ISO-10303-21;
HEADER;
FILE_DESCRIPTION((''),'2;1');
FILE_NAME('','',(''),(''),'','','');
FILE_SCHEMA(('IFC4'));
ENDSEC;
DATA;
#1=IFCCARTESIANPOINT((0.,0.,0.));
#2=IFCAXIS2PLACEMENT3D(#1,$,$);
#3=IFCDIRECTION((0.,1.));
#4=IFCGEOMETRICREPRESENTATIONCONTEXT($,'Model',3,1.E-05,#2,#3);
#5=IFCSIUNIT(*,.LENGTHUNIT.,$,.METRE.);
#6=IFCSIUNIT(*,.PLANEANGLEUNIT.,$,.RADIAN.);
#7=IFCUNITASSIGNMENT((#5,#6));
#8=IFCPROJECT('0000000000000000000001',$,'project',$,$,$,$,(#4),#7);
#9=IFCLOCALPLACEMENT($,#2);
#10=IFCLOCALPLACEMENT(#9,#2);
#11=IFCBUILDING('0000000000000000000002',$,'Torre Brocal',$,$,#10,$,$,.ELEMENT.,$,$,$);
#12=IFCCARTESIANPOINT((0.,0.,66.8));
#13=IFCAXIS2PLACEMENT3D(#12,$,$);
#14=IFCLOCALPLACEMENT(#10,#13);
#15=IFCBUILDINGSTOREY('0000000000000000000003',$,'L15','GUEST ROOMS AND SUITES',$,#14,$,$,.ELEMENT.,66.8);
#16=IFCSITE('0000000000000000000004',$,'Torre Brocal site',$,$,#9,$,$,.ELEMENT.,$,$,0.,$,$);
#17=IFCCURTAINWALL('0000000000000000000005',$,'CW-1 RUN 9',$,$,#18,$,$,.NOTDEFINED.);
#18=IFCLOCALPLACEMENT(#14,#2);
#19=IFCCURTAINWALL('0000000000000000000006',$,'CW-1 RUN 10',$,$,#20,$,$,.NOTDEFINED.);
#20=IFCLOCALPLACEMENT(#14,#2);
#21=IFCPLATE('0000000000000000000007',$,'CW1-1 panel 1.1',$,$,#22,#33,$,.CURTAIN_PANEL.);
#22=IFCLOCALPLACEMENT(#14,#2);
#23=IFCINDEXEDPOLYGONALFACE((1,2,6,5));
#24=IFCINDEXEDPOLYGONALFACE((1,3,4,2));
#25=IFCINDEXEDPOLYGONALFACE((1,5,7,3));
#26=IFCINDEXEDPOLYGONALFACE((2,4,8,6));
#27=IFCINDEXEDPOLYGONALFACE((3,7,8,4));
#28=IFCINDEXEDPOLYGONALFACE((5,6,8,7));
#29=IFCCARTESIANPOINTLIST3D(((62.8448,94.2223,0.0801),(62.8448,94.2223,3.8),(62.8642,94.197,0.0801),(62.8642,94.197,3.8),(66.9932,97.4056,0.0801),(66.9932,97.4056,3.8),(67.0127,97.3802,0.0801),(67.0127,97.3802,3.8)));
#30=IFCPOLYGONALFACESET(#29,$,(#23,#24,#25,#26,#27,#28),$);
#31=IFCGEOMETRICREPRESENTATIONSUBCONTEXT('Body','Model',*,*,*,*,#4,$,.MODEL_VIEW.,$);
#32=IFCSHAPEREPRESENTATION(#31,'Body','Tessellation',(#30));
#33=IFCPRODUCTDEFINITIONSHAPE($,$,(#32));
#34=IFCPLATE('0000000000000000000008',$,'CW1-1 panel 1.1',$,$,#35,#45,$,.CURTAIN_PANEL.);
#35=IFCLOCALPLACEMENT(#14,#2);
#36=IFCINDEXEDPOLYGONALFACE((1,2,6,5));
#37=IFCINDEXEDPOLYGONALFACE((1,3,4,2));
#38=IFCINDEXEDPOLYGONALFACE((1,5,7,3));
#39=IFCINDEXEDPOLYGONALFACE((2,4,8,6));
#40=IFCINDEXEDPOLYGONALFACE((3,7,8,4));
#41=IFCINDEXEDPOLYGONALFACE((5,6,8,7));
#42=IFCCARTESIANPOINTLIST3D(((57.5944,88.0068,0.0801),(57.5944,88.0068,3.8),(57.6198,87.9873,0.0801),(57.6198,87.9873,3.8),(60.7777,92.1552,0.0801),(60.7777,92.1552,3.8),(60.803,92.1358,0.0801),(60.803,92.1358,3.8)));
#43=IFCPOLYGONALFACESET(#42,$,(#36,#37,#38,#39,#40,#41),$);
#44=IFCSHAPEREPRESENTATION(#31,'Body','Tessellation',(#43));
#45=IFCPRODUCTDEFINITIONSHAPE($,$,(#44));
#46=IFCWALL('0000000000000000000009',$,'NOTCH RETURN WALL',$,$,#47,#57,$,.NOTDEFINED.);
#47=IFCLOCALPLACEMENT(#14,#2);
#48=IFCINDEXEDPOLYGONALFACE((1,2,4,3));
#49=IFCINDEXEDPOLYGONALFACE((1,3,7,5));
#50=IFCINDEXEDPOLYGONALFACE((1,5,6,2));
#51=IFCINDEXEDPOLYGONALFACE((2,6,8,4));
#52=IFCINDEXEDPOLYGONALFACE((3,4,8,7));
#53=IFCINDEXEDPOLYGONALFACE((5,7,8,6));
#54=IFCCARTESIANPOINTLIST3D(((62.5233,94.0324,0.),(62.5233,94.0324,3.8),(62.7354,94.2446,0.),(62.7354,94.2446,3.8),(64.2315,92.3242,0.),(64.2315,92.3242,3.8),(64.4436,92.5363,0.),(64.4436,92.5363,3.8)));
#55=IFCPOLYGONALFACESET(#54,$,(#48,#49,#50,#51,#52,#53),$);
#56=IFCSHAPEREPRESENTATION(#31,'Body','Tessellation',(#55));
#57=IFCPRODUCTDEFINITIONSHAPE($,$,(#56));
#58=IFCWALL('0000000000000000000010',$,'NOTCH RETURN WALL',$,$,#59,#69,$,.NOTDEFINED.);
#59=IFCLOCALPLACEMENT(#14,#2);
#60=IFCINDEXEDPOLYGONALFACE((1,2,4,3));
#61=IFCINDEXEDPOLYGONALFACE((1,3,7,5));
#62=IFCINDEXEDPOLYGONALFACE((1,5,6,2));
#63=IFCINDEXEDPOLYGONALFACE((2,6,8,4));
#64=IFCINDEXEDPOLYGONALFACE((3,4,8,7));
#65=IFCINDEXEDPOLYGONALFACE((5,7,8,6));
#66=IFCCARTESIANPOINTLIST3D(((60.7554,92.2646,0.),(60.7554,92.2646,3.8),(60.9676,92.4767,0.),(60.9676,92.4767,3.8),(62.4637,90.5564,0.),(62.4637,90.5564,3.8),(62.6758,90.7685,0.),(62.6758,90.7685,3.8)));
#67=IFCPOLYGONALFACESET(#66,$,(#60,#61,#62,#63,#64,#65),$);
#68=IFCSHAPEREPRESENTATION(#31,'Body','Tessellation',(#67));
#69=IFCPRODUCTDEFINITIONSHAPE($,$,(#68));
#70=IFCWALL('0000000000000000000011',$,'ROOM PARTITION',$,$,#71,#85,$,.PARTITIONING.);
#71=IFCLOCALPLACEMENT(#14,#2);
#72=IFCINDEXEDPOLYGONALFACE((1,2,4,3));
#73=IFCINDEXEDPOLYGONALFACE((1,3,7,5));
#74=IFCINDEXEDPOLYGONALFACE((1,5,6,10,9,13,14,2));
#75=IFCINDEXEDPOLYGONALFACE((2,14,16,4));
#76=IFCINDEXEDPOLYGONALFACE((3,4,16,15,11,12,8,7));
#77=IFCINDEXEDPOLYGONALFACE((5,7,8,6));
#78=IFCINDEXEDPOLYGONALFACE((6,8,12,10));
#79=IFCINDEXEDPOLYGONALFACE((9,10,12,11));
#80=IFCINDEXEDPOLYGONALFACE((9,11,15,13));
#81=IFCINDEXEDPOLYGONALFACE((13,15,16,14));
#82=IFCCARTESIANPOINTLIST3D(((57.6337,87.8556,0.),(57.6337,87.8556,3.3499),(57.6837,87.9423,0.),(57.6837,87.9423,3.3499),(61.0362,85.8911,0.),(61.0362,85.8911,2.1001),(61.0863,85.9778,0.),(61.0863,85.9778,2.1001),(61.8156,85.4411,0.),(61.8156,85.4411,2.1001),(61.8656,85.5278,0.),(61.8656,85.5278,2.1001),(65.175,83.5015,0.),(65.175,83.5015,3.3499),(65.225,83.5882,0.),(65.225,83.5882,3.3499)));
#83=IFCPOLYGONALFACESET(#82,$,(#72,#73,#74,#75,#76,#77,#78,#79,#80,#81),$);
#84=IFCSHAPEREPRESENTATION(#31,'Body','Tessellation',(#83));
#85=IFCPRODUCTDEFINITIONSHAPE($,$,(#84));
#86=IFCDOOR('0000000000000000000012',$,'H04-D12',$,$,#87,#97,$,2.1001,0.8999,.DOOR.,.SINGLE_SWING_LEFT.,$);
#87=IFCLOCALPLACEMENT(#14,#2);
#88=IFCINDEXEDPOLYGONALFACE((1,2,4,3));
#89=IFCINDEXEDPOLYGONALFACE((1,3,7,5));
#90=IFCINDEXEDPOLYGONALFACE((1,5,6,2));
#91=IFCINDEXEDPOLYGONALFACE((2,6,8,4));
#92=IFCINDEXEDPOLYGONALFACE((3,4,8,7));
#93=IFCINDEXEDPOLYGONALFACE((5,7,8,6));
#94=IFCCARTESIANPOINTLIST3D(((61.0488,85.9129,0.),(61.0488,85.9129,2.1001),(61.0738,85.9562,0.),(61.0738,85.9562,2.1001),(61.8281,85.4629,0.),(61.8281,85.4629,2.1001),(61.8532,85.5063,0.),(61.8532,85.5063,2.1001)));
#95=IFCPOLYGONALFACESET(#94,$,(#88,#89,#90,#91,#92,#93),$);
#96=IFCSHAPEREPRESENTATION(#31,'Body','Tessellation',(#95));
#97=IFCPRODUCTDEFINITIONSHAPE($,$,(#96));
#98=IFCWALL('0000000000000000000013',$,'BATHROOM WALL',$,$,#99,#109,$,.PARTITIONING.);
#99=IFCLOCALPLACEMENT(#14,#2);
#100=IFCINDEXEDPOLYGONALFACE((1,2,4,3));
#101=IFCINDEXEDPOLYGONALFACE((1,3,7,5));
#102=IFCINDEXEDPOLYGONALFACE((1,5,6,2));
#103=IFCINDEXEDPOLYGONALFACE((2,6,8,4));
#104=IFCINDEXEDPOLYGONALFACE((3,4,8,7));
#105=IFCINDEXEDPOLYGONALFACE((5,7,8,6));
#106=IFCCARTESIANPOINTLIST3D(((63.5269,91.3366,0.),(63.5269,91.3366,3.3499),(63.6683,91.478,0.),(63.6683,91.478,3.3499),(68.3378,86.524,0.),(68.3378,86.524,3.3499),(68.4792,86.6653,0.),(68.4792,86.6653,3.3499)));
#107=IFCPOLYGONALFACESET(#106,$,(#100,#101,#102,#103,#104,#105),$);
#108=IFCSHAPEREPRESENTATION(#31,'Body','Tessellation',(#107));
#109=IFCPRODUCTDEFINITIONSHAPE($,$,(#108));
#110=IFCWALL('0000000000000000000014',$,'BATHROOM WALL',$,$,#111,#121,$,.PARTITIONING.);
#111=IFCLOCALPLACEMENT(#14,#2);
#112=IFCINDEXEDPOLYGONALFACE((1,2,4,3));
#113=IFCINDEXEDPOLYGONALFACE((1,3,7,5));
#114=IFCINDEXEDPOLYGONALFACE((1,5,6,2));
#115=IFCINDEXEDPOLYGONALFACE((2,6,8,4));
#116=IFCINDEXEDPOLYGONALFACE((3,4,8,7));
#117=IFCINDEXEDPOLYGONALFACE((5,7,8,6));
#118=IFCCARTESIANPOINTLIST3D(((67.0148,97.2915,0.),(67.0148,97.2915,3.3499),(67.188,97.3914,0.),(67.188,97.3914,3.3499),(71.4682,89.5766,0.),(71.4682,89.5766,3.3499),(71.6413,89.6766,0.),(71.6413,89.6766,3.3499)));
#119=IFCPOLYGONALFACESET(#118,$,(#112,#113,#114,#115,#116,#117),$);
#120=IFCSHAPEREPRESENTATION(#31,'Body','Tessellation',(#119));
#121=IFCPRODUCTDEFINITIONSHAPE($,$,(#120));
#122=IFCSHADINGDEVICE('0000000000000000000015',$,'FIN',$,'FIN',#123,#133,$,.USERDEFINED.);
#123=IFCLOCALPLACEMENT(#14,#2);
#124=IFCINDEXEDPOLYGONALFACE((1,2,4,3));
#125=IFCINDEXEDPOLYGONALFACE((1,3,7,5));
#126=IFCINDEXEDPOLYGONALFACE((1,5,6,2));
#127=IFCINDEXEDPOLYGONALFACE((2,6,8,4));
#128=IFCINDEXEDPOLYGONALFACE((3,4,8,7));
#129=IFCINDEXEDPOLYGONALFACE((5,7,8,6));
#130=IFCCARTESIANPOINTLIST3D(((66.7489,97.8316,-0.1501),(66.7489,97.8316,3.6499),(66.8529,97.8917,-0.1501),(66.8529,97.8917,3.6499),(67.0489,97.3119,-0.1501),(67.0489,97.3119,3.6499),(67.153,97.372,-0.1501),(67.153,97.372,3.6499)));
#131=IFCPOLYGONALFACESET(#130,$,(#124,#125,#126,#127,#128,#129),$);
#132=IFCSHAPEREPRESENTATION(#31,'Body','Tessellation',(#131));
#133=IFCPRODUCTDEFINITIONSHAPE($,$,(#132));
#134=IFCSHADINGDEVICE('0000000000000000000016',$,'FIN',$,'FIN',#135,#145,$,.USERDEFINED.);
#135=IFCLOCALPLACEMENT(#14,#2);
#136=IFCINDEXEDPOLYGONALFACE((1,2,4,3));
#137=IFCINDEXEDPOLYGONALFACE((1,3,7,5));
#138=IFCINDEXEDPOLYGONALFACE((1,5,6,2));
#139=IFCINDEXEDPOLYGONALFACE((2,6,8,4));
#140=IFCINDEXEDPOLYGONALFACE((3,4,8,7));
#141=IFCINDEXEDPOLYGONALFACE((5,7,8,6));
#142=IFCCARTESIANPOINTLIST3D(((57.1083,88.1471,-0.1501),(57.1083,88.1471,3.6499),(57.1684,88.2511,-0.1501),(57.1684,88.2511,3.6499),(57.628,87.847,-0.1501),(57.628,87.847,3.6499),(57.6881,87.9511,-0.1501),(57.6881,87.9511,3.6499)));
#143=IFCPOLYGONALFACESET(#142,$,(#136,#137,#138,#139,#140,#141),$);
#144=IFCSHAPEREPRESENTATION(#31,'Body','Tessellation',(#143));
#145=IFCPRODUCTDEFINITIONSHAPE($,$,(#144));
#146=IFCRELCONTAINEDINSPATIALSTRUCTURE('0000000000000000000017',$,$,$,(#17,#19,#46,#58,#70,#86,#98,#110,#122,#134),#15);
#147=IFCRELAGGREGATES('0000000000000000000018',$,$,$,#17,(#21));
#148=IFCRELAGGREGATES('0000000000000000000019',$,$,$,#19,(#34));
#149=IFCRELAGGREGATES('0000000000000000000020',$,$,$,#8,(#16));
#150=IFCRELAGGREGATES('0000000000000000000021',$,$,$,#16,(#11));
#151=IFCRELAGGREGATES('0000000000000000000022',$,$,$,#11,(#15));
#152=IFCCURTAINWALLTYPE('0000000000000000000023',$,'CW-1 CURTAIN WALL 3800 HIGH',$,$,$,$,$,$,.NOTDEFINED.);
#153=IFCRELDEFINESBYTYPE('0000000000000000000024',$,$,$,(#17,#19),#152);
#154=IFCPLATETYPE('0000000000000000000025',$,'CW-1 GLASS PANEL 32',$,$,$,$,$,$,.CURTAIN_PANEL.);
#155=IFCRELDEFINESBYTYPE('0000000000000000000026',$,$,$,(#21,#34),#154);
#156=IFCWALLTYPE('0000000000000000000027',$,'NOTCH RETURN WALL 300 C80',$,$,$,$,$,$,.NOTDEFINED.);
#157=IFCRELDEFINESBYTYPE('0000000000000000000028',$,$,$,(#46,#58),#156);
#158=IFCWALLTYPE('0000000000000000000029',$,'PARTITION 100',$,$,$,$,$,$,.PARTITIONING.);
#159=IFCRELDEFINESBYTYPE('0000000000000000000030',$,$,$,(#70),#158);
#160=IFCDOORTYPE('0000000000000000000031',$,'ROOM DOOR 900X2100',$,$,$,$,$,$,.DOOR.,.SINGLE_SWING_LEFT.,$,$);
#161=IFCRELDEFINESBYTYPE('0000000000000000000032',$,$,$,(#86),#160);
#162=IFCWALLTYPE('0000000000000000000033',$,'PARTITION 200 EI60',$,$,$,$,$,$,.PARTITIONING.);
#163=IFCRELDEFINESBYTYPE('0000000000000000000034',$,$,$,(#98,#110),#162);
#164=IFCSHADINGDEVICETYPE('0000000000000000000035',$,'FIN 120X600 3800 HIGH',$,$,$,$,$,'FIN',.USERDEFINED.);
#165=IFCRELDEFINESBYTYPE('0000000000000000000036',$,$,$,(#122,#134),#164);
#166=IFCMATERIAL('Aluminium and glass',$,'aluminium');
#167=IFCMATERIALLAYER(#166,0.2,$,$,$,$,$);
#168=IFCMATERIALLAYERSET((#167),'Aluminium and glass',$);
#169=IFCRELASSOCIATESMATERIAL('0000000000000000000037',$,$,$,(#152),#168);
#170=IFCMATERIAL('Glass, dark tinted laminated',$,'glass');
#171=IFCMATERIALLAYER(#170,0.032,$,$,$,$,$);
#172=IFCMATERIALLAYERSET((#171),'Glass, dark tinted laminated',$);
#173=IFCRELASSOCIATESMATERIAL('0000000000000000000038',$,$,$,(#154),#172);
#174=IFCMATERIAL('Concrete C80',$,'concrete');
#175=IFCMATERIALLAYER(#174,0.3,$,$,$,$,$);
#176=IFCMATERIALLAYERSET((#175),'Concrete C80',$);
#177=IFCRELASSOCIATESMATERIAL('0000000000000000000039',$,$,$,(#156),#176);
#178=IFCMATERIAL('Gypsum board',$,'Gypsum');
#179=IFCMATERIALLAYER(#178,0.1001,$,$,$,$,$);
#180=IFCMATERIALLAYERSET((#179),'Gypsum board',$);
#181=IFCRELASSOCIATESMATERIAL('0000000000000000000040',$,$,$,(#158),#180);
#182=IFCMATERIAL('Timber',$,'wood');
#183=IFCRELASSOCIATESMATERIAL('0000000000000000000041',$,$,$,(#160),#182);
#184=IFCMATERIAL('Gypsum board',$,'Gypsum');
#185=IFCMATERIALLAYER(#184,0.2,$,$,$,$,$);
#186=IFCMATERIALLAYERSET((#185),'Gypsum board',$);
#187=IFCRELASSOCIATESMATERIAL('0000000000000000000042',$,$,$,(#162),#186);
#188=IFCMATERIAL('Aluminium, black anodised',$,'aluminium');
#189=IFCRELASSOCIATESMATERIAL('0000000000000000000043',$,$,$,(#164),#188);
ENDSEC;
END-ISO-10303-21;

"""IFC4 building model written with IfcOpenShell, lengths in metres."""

from ifc_helpers import new_model, si_unit, direction, frame, frame_2d, origin, origin_2d, place, context, subcontext, project, spatial, rectangle, extrude, material, layer, layer_set, material_profile, profile_set, type_object, element, fill, aggregate, save


model = new_model("IFC4")

# Units and contexts
model_context = context("Model", 3, precision=1e-05, world=origin(), true_north=direction((0.0, 1.0)))
body_context = subcontext(model_context, "Body", "Model", "MODEL_VIEW")
ifc_project = project(units=[si_unit("LENGTHUNIT", "METRE"), si_unit("PLANEANGLEUNIT", "RADIAN")], contexts=[model_context])

# Site, building, storey
site_placement = place(None, origin())
site = spatial("IfcSite", under=ifc_project, at=site_placement, Name="Torre Brocal site", CompositionType="ELEMENT", RefElevation=0.0)
building_placement = place(site_placement, origin())
building = spatial("IfcBuilding", under=site, at=building_placement, Name="Torre Brocal", CompositionType="ELEMENT")
storey_placement = place(building_placement, frame((0.0, 0.0, 66.8)))
storey = spatial("IfcBuildingStorey", under=building, at=storey_placement, Name="L15", Description="GUEST ROOMS AND SUITES", CompositionType="ELEMENT", Elevation=66.8)

# Shared definitions
ifc_material_1 = material(Name="Aluminium and glass", Category="aluminium")
ifc_layer_1 = layer(ifc_material_1, 0.2)
ifc_layer_set_1 = layer_set([ifc_layer_1], Name="Aluminium and glass")
curtain_wall_type = type_object("IfcCurtainWallType", Name="CW-1 CURTAIN WALL 3800 HIGH", PredefinedType="NOTDEFINED", material=ifc_layer_set_1)

# Curtain walls
curtain_wall_1_placement = place(storey_placement, origin())
curtain_wall_1 = element("IfcCurtainWall", 1, at=curtain_wall_1_placement, inside=storey, type_object=curtain_wall_type, Name="CW-1 RUN 9", PredefinedType="NOTDEFINED")
curtain_wall_2_placement = place(storey_placement, origin())
curtain_wall_2 = element("IfcCurtainWall", 2, at=curtain_wall_2_placement, inside=storey, type_object=curtain_wall_type, Name="CW-1 RUN 10", PredefinedType="NOTDEFINED")

# Plates
ifc_material_2 = material(Name="Glass, dark tinted laminated", Category="glass")
ifc_layer_2 = layer(ifc_material_2, 0.032)
ifc_layer_set_2 = layer_set([ifc_layer_2], Name="Glass, dark tinted laminated")
plate_type = type_object("IfcPlateType", Name="CW-1 GLASS PANEL 32", PredefinedType="CURTAIN_PANEL", material=ifc_layer_set_2)
plate_1_placement = place(storey_placement, frame((64.9287, 95.8013, 0.0801), z_axis=(0.0, 0.0, 1.0), x_axis=(-0.793353, -0.608761, 0.0)))
plate_1 = element("IfcPlate", 3, at=plate_1_placement, type_object=plate_type, Name="CW1-1 panel 1.1", PredefinedType="CURTAIN_PANEL", context=body_context, shape_type="SweptSolid", body=[
    extrude(rectangle(XDim=5.229, YDim=0.032, at=origin_2d()), origin(), (0.0, 0.0, 1.0), 3.72),
])
aggregate(curtain_wall_1, [plate_1])
plate_2_placement = place(storey_placement, frame((59.1987, 90.0713, 0.0801), z_axis=(0.0, 0.0, 1.0), x_axis=(-0.608761, -0.793353, 0.0)))
plate_2 = element("IfcPlate", 4, at=plate_2_placement, type_object=plate_type, Name="CW1-1 panel 1.1", PredefinedType="CURTAIN_PANEL", context=body_context, shape_type="SweptSolid", body=[
    extrude(rectangle(XDim=5.229, YDim=0.032, at=origin_2d()), origin(), (0.0, 0.0, 1.0), 3.72),
])
aggregate(curtain_wall_2, [plate_2])

# Walls
ifc_material_3 = material(Name="Concrete C80", Category="concrete")
ifc_layer_3 = layer(ifc_material_3, 0.3)
ifc_layer_set_3 = layer_set([ifc_layer_3], Name="Concrete C80")
wall_type_1 = type_object("IfcWallType", Name="NOTCH RETURN WALL 300 C80", PredefinedType="NOTDEFINED", material=ifc_layer_set_3)
for number, where, z_axis, x_axis, name in (
    (5, (64.3376, 92.4302, 0.0), (0.0, 0.0, 1.0), (-0.707107, 0.707107, 0.0), "NOTCH RETURN WALL"),
    (6, (62.5698, 90.6624, 0.0), (0.0, 0.0, 1.0), (-0.707107, 0.707107, 0.0), "NOTCH RETURN WALL"),
):
    element("IfcWall", number, at=place(storey_placement, frame(where, z_axis=z_axis, x_axis=x_axis)), inside=storey, type_object=wall_type_1, Name=name, PredefinedType="NOTDEFINED", context=body_context, shape_type="SweptSolid", body=[
        extrude(rectangle(XDim=2.4158, YDim=0.3, at=frame_2d((1.208, 0.0))), origin(), (0.0, 0.0, 1.0), 3.8),
    ])

# Wall, opening, door
ifc_material_4 = material(Name="Gypsum board", Category="Gypsum")
ifc_layer_4 = layer(ifc_material_4, 0.1001)
ifc_layer_set_4 = layer_set([ifc_layer_4], Name="Gypsum board")
wall_type_2 = type_object("IfcWallType", Name="PARTITION 100", PredefinedType="PARTITIONING", material=ifc_layer_set_4)
wall_1_placement = place(storey_placement, frame((57.6587, 87.8989, 0.0), z_axis=(0.0, 0.0, 1.0), x_axis=(0.866023, -0.500005, 0.0)))
wall_1 = element("IfcWall", 7, at=wall_1_placement, inside=storey, type_object=wall_type_2, Name="ROOM PARTITION", PredefinedType="PARTITIONING", context=body_context, shape_type="SweptSolid", body=[
    extrude(rectangle(XDim=8.708, YDim=0.1001, at=frame_2d((4.354, 0.0))), origin(), (0.0, 0.0, 1.0), 3.3499),
])
opening_placement = place(wall_1_placement, frame((3.929, 0.0, 0.0)))
opening = element("IfcOpeningElement", 8, at=opening_placement, cuts=wall_1, PredefinedType="OPENING", context=body_context, shape_type="SweptSolid", body=[
    extrude(rectangle(XDim=0.8999, YDim=2.1001, at=frame_2d((0.45, 1.05))), frame((0.0, 0.0601, 0.0), z_axis=(0.0, -1.0, 0.0), x_axis=(1.0, 0.0, 0.0)), (0.0, 0.0, 1.0), 0.1201),
])
ifc_material_5 = material(Name="Timber", Category="wood")
door_type = type_object("IfcDoorType", Name="ROOM DOOR 900X2100", OperationType="SINGLE_SWING_LEFT", PredefinedType="DOOR", material=ifc_material_5)
door_placement = place(opening_placement, frame((0.8999, 0.0, 0.0), z_axis=(0.0, 0.0, 1.0), x_axis=(-1.0, 0.0, 0.0)))
door = element("IfcDoor", 9, at=door_placement, inside=storey, type_object=door_type, Name="H04-D12", OperationType="SINGLE_SWING_LEFT", OverallHeight=2.1001, OverallWidth=0.8999, PredefinedType="DOOR", context=body_context, shape_type="SweptSolid", body=[
    extrude(rectangle(XDim=0.8999, YDim=2.1001, at=frame_2d((0.45, 1.05))), frame((0.0, 0.0249, 0.0), z_axis=(0.0, -1.0, 0.0), x_axis=(1.0, 0.0, 0.0)), (0.0, 0.0, 1.0), 0.05),
])
fill(opening, door)

# Walls
ifc_material_6 = material(Name="Gypsum board", Category="Gypsum")
ifc_layer_5 = layer(ifc_material_6, 0.2)
ifc_layer_set_5 = layer_set([ifc_layer_5], Name="Gypsum board")
wall_type_3 = type_object("IfcWallType", Name="PARTITION 200 EI60", PredefinedType="PARTITIONING", material=ifc_layer_set_5)
wall_2_placement = place(storey_placement, frame((63.5977, 91.4072, 0.0), z_axis=(0.0, 0.0, 1.0), x_axis=(0.706981, -0.707232, 0.0)))
element("IfcWall", 10, at=wall_2_placement, inside=storey, type_object=wall_type_3, Name="BATHROOM WALL", PredefinedType="PARTITIONING", context=body_context, shape_type="SweptSolid", body=[
    extrude(rectangle(XDim=6.8049, YDim=0.2, at=frame_2d((3.4023, 0.0))), origin(), (0.0, 0.0, 1.0), 3.3499),
])
wall_3_placement = place(storey_placement, frame((67.1013, 97.3416, 0.0), z_axis=(0.0, 0.0, 1.0), x_axis=(0.499933, -0.866064, 0.0)))
element("IfcWall", 11, at=wall_3_placement, inside=storey, type_object=wall_type_3, Name="BATHROOM WALL", PredefinedType="PARTITIONING", context=body_context, shape_type="SweptSolid", body=[
    extrude(rectangle(XDim=8.908, YDim=0.2, at=frame_2d((4.4541, 0.0))), origin(), (0.0, 0.0, 1.0), 3.3499),
])

# Shading devices
ifc_material_7 = material(Name="Aluminium, black anodised", Category="aluminium")
ifc_material_profile_1 = material_profile(ifc_material_7, rectangle(XDim=0.1201, YDim=0.6001, at=origin_2d()), Name="FIN 120X600 3800 HIGH")
ifc_profile_set_1 = profile_set([ifc_material_profile_1], Name="Aluminium, black anodised")
shading_device_type = type_object("IfcShadingDeviceType", Name="FIN 120X600 3800 HIGH", ElementType="FIN", PredefinedType="USERDEFINED", material=ifc_profile_set_1)
for number, where, z_axis, x_axis, name in (
    (12, (66.9509, 97.6018, -0.1501), (0.0, 0.0, 1.0), (-0.866025, -0.5, 0.0), "FIN"),
    (13, (57.3982, 88.0491, -0.1501), (0.0, 0.0, 1.0), (-0.5, -0.866025, 0.0), "FIN"),
):
    element("IfcShadingDevice", number, at=place(storey_placement, frame(where, z_axis=z_axis, x_axis=x_axis)), inside=storey, type_object=shading_device_type, Name=name, ObjectType="FIN", PredefinedType="USERDEFINED", context=body_context, shape_type="SweptSolid", body=[
        extrude(rectangle(XDim=0.1201, YDim=0.6001, at=origin_2d()), origin(), (0.0, 0.0, 1.0), 3.8),
    ])

save(model, "model.ifc")
